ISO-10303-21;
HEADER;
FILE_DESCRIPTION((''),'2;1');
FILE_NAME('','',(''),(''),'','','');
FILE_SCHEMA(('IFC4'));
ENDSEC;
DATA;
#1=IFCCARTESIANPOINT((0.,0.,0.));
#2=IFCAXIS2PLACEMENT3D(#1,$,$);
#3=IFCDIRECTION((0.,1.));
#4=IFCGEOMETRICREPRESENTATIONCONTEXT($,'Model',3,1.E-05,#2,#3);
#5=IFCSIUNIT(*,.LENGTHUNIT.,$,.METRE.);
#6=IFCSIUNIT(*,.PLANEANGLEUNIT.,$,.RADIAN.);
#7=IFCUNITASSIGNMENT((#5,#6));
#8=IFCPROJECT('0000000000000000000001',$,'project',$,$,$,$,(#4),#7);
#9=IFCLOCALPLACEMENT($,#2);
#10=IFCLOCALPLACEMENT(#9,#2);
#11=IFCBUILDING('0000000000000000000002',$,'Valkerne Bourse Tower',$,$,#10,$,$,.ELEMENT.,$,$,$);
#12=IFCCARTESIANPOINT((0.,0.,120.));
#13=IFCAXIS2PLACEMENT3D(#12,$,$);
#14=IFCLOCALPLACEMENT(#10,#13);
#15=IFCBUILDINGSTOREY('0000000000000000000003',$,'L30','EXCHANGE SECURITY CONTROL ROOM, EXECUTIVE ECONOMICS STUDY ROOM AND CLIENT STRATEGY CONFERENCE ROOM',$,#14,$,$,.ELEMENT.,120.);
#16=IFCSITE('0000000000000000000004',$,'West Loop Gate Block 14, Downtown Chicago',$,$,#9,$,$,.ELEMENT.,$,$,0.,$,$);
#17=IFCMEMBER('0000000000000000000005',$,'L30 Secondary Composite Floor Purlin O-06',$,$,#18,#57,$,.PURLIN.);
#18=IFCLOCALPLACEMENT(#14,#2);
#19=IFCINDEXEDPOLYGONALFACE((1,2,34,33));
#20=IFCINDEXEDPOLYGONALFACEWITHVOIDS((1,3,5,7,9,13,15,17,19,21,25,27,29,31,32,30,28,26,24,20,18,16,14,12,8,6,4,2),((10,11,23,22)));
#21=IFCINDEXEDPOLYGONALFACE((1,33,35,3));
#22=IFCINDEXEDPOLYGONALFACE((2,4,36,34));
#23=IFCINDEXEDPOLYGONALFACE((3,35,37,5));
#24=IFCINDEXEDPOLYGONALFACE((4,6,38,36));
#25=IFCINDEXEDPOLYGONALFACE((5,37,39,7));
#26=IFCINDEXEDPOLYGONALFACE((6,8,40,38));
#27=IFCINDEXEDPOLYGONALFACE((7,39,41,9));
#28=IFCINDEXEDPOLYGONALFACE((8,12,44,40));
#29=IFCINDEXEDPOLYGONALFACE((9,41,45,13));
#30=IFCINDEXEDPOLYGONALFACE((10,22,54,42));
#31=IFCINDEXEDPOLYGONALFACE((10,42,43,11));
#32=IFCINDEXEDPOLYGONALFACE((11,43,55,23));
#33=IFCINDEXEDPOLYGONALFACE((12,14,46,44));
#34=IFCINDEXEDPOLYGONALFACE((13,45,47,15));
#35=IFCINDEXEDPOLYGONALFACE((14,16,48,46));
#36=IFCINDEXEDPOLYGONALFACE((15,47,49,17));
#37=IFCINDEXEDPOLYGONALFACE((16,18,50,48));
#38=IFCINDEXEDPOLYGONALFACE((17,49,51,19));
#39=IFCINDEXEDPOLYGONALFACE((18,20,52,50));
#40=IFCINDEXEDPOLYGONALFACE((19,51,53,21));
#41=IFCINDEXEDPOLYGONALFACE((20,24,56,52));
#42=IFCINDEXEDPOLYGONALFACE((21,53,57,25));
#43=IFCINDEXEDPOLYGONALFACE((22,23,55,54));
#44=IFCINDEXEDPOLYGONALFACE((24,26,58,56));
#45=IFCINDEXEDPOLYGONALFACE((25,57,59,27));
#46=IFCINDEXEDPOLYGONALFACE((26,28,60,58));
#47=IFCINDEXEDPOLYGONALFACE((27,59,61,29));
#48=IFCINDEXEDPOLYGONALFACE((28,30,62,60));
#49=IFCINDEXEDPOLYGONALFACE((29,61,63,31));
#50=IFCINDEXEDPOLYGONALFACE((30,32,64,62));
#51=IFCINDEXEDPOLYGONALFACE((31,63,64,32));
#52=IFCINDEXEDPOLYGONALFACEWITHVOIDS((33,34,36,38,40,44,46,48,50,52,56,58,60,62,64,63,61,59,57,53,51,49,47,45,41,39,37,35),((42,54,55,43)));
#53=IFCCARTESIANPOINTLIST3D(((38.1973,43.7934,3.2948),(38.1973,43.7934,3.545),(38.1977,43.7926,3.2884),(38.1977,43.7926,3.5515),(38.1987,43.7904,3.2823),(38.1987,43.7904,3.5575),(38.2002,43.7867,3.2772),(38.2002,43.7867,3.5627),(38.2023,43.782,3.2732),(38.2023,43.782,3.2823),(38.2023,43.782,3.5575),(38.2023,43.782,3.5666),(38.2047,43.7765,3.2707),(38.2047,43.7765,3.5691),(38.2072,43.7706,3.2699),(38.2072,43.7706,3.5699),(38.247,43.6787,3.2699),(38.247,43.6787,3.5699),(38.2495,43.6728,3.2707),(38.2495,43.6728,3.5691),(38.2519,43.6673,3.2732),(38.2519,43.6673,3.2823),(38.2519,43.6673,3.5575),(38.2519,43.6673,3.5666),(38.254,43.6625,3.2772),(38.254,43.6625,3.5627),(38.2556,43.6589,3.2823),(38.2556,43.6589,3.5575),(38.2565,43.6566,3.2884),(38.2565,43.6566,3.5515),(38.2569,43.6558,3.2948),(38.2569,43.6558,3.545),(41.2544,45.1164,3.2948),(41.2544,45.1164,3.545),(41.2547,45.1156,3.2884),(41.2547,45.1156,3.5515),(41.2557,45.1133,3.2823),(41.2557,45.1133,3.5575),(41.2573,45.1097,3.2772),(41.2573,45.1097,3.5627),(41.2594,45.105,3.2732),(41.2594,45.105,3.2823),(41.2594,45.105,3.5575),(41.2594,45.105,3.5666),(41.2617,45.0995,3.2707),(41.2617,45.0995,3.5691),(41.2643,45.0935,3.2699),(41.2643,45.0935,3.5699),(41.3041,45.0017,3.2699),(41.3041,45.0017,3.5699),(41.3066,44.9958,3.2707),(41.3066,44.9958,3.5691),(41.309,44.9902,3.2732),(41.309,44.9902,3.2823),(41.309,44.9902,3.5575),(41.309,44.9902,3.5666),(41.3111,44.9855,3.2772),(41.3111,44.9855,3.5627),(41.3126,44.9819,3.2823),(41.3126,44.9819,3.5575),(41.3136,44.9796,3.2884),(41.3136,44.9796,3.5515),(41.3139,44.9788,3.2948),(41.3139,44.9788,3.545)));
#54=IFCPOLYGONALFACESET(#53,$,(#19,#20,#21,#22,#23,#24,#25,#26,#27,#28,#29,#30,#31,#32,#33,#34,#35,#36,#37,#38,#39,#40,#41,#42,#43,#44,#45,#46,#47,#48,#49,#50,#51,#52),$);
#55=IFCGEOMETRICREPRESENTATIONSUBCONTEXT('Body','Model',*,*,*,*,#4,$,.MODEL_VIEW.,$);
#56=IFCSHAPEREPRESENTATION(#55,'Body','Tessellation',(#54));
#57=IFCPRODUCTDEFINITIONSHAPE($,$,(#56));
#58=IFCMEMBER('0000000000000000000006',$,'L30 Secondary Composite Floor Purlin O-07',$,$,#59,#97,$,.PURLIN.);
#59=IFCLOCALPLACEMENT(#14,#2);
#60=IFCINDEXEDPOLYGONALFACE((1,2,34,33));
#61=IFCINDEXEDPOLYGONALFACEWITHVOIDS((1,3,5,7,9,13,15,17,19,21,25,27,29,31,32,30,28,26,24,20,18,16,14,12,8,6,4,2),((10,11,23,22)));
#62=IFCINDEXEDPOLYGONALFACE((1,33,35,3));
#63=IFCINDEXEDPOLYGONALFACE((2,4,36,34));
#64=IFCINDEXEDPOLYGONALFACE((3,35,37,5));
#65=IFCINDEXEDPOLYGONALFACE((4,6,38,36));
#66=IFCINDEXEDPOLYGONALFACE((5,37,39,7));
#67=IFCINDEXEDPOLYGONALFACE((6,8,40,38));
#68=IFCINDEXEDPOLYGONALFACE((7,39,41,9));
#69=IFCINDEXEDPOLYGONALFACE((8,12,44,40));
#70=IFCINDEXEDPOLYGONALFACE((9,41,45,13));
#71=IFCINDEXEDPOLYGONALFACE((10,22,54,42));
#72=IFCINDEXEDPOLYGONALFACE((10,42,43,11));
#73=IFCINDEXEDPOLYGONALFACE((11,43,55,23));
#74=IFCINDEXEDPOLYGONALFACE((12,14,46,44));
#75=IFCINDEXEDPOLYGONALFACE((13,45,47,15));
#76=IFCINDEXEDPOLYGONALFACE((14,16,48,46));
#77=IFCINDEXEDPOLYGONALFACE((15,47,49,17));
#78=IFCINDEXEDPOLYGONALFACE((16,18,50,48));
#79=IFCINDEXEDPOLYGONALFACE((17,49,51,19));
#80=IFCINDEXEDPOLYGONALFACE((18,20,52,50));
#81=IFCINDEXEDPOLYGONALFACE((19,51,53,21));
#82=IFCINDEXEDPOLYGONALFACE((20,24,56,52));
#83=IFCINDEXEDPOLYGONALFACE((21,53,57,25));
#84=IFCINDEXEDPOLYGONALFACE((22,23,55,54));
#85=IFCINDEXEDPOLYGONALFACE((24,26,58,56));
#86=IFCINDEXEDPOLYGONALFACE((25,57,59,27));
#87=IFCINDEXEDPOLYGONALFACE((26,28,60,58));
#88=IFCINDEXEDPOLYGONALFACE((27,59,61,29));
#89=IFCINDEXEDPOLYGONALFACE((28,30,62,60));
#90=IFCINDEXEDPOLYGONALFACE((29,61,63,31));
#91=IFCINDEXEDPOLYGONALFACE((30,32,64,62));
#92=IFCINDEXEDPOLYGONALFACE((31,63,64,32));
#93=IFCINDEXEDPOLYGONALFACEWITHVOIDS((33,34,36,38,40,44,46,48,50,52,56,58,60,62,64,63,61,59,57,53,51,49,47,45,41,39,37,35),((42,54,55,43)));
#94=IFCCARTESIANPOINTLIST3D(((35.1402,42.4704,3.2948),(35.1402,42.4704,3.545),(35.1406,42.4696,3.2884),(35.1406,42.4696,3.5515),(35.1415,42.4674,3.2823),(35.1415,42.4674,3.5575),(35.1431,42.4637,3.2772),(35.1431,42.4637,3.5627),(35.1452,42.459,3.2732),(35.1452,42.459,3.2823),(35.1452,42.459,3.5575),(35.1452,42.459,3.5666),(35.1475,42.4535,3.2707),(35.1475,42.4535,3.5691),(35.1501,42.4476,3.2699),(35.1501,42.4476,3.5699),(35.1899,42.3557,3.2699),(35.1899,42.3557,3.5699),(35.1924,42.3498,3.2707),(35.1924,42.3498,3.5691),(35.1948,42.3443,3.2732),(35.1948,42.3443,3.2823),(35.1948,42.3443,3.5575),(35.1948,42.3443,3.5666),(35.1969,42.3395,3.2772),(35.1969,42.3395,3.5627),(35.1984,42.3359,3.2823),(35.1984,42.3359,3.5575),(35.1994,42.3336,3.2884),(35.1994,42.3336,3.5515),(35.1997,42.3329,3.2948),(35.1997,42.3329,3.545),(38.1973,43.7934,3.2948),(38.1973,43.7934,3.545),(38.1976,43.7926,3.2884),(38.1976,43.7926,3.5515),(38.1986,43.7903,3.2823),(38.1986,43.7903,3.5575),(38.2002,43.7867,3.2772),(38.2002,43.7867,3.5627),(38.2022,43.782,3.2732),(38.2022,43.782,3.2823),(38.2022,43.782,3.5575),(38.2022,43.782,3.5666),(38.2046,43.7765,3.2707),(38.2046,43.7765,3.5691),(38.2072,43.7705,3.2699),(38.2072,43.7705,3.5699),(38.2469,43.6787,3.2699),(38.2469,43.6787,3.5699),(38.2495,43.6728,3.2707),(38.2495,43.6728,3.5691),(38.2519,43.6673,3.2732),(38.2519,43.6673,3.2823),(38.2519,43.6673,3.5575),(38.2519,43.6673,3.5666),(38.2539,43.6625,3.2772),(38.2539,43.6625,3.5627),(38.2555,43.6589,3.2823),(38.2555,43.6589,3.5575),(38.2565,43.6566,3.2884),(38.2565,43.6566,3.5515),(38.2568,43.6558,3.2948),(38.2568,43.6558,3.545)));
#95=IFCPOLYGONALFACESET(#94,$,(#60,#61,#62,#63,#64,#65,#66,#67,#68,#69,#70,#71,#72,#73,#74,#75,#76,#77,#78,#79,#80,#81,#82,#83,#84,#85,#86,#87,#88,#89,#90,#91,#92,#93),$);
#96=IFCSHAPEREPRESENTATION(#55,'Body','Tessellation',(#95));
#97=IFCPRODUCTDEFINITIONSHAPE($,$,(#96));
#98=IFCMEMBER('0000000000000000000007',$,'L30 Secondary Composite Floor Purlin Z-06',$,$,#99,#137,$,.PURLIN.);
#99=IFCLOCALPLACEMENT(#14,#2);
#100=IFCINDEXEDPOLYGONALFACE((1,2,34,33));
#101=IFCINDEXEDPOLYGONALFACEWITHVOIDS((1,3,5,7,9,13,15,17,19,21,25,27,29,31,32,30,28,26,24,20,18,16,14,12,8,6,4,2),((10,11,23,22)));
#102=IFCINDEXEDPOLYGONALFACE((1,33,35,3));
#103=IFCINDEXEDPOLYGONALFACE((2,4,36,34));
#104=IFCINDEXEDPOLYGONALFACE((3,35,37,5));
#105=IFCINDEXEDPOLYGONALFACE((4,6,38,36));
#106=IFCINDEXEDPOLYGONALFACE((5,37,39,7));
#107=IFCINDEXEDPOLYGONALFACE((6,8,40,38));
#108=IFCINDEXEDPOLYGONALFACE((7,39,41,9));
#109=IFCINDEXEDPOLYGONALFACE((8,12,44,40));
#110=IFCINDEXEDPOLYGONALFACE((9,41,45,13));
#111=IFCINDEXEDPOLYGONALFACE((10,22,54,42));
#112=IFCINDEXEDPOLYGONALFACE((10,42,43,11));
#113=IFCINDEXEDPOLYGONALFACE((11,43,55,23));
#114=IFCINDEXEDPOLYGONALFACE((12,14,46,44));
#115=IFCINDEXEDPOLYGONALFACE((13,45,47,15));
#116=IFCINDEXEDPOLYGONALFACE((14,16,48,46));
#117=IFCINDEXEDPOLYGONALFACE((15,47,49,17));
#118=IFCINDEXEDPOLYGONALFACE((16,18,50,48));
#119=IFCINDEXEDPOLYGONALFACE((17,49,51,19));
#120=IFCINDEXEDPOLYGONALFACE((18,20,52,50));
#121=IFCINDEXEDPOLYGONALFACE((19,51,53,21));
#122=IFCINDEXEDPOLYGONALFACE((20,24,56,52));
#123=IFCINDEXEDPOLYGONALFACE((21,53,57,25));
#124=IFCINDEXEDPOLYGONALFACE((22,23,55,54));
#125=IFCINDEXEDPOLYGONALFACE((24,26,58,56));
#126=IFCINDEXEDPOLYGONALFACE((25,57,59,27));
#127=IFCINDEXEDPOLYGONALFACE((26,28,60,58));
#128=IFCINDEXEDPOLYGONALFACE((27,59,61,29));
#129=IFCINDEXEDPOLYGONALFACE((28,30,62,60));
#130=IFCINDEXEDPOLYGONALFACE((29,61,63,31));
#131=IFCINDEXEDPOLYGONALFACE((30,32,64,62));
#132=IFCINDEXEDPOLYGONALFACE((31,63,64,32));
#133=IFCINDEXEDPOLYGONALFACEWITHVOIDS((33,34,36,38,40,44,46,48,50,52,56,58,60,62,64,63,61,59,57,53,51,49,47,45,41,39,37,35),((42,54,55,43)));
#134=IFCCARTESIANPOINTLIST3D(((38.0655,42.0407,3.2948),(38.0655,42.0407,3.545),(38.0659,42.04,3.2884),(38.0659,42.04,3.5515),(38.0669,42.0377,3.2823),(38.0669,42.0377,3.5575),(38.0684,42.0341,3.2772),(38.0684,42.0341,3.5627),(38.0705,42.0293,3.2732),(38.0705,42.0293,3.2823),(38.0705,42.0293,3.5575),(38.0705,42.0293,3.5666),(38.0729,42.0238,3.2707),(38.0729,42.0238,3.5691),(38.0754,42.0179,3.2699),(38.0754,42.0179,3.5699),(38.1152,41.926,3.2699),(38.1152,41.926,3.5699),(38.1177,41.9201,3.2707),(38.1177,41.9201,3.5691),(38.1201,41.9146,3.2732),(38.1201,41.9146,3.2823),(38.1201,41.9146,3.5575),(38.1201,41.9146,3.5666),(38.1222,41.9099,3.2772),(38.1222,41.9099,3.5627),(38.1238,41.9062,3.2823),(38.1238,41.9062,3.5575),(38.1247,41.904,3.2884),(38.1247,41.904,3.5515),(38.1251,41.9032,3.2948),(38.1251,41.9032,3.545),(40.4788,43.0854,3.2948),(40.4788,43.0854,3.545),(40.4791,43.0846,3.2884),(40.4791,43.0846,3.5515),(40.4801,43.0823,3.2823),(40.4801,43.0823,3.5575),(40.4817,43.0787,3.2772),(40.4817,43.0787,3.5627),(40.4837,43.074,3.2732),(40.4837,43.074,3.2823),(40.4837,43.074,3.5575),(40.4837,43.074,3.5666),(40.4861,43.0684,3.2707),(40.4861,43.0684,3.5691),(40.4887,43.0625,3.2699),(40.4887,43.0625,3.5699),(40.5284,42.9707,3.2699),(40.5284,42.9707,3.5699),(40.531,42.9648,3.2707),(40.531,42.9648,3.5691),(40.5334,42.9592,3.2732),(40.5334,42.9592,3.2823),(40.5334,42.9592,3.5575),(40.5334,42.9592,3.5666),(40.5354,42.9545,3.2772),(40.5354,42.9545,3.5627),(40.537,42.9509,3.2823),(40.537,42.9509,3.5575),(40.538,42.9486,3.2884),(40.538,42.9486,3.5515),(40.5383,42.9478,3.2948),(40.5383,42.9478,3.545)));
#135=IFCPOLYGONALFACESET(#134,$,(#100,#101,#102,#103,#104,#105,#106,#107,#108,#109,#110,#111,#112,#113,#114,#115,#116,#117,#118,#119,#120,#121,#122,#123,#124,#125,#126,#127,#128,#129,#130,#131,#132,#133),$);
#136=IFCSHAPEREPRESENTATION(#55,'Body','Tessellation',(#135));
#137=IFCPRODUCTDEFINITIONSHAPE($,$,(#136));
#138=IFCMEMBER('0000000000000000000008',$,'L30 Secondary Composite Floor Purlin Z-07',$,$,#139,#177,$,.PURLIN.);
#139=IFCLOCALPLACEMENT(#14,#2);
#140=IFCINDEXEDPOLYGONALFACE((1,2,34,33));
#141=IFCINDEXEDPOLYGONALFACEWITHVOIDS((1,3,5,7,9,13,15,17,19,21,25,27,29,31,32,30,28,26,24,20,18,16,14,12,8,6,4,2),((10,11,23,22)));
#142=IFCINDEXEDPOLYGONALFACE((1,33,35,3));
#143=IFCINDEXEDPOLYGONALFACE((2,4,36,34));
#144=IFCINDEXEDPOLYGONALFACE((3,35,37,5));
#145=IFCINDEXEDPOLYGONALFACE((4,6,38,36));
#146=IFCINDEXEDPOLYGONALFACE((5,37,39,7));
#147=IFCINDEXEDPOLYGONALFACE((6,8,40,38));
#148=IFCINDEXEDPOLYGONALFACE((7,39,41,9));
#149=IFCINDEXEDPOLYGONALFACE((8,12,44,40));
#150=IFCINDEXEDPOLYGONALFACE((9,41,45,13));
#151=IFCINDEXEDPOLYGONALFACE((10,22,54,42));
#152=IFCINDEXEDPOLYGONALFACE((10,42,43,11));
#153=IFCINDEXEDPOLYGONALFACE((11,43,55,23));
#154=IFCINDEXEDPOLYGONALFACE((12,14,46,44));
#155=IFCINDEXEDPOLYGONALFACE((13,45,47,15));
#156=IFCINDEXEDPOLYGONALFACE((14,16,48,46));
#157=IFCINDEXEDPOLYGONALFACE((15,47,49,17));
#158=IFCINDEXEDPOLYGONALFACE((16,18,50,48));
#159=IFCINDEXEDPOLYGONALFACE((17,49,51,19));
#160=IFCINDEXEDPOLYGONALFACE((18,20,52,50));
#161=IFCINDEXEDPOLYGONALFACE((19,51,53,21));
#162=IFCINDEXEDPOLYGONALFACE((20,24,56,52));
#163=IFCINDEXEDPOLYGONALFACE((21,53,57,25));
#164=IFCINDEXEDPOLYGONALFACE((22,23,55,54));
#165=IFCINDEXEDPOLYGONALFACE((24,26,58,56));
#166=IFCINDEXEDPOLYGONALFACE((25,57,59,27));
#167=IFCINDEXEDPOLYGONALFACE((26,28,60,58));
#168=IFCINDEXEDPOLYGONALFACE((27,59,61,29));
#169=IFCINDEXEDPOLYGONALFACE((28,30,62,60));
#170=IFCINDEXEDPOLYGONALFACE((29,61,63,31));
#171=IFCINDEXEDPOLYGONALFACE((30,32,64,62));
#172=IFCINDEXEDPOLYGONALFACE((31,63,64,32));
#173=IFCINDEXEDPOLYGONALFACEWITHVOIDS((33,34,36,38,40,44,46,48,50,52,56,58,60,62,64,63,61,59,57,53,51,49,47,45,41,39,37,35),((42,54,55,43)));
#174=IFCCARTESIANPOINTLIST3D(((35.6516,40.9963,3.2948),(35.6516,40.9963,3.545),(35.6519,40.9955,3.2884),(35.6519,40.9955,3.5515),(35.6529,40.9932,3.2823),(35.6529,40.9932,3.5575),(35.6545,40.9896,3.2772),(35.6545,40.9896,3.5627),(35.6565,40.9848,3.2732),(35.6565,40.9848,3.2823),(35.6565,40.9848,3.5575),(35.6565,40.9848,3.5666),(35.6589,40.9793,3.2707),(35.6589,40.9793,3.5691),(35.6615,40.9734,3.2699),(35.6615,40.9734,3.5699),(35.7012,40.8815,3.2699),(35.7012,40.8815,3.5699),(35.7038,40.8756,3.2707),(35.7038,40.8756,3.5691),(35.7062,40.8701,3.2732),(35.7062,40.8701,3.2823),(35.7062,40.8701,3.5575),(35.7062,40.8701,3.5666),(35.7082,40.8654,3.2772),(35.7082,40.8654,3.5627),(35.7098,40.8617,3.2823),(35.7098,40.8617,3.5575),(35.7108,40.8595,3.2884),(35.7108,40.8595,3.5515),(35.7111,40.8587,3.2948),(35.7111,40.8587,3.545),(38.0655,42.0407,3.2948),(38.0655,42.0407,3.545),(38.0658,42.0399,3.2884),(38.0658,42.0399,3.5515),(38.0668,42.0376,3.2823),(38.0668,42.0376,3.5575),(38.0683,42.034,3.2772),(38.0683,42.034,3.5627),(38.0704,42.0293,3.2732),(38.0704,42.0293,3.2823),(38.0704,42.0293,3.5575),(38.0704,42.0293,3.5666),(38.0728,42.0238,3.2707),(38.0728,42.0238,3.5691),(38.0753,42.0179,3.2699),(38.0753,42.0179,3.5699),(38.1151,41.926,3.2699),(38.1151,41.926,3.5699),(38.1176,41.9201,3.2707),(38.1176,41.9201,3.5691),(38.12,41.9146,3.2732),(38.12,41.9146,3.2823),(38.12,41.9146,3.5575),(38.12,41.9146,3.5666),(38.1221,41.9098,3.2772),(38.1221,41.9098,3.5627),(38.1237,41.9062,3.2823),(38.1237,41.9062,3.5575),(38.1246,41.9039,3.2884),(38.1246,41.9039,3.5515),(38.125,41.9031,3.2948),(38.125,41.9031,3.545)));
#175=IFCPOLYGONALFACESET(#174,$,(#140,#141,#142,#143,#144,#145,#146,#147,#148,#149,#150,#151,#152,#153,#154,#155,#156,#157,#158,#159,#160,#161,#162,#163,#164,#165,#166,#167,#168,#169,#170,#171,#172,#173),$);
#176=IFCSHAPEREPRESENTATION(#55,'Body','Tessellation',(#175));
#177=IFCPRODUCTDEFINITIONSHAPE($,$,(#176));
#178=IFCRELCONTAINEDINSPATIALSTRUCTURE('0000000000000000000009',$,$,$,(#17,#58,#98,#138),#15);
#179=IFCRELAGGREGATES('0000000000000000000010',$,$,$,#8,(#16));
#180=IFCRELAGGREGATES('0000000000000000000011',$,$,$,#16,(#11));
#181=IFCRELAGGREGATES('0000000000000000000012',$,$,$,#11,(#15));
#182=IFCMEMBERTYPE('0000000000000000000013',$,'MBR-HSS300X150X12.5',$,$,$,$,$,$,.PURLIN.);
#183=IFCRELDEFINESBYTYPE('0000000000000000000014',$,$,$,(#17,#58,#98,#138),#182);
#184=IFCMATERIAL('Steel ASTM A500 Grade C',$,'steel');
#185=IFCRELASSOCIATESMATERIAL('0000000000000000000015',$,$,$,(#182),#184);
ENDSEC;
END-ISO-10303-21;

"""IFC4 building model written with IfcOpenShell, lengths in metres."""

from ifc_helpers import new_model, si_unit, direction, frame, origin, origin_2d, place, context, subcontext, project, spatial, hollow_rectangle, extrude, material, material_profile, profile_set, type_object, element, save


model = new_model("IFC4")

# Units and contexts
model_context = context("Model", 3, precision=1e-05, world=origin(), true_north=direction((0.0, 1.0)))
body_context = subcontext(model_context, "Body", "Model", "MODEL_VIEW")
ifc_project = project(units=[si_unit("LENGTHUNIT", "METRE"), si_unit("PLANEANGLEUNIT", "RADIAN")], contexts=[model_context])

# Site, building, storey
site_placement = place(None, origin())
site = spatial("IfcSite", under=ifc_project, at=site_placement, Name="West Loop Gate Block 14, Downtown Chicago", CompositionType="ELEMENT", RefElevation=0.0)
building_placement = place(site_placement, origin())
building = spatial("IfcBuilding", under=site, at=building_placement, Name="Valkerne Bourse Tower", CompositionType="ELEMENT")
storey_placement = place(building_placement, frame((0.0, 0.0, 120.0)))
storey = spatial("IfcBuildingStorey", under=building, at=storey_placement, Name="L30", Description="EXCHANGE SECURITY CONTROL ROOM, EXECUTIVE ECONOMICS STUDY ROOM AND CLIENT STRATEGY CONFERENCE ROOM", CompositionType="ELEMENT", Elevation=120.0)

# Members
ifc_material_1 = material(Name="Steel ASTM A500 Grade C", Category="steel")
ifc_material_profile_1 = material_profile(ifc_material_1, hollow_rectangle(XDim=0.1499, YDim=0.3, WallThickness=0.0125, OuterFilletRadius=0.0249, at=origin_2d()), Name="HSS300X150X12.5")
ifc_profile_set_1 = profile_set([ifc_material_profile_1], Name="Steel ASTM A500 Grade C")
member_type_1 = type_object("IfcMemberType", Name="MBR-HSS300X150X12.5", PredefinedType="PURLIN", material=ifc_profile_set_1)
for number, where, z_axis, x_axis, name in (
    (1, (41.2842, 45.0476, 3.4199), (-0.917748, -0.397163, 0.0), (0.397163, -0.917748, 0.0), "L30 Secondary Composite Floor Purlin O-06"),
    (2, (38.2271, 43.7246, 3.4199), (-0.917748, -0.397163, 0.0), (0.397163, -0.917748, 0.0), "L30 Secondary Composite Floor Purlin O-07"),
):
    element("IfcMember", number, at=place(storey_placement, frame(where, z_axis=z_axis, x_axis=x_axis)), inside=storey, type_object=member_type_1, Name=name, PredefinedType="PURLIN", context=body_context, shape_type="SweptSolid", body=[
        extrude(hollow_rectangle(XDim=0.1499, YDim=0.3, WallThickness=0.0125, OuterFilletRadius=0.0249, at=origin_2d()), origin(), (0.0, 0.0, 1.0), 3.3311),
    ])
member_1_placement = place(storey_placement, frame((40.5085, 43.0166, 3.4199), z_axis=(-0.917708, -0.397256, 0.0), x_axis=(0.397256, -0.917708, 0.0)))
element("IfcMember", 3, at=member_1_placement, inside=storey, type_object=member_type_1, Name="L30 Secondary Composite Floor Purlin Z-06", PredefinedType="PURLIN", context=body_context, shape_type="SweptSolid", body=[
    extrude(hollow_rectangle(XDim=0.1499, YDim=0.3, WallThickness=0.0125, OuterFilletRadius=0.0249, at=origin_2d()), origin(), (0.0, 0.0, 1.0), 2.6296),
])
member_2_placement = place(storey_placement, frame((38.0952, 41.9719, 3.4199), z_axis=(-0.917771, -0.39711, 0.0), x_axis=(0.39711, -0.917771, 0.0)))
element("IfcMember", 4, at=member_2_placement, inside=storey, type_object=member_type_1, Name="L30 Secondary Composite Floor Purlin Z-07", PredefinedType="PURLIN", context=body_context, shape_type="SweptSolid", body=[
    extrude(hollow_rectangle(XDim=0.1499, YDim=0.3, WallThickness=0.0125, OuterFilletRadius=0.0249, at=origin_2d()), origin(), (0.0, 0.0, 1.0), 2.6301),
])

save(model, "model.ifc")
